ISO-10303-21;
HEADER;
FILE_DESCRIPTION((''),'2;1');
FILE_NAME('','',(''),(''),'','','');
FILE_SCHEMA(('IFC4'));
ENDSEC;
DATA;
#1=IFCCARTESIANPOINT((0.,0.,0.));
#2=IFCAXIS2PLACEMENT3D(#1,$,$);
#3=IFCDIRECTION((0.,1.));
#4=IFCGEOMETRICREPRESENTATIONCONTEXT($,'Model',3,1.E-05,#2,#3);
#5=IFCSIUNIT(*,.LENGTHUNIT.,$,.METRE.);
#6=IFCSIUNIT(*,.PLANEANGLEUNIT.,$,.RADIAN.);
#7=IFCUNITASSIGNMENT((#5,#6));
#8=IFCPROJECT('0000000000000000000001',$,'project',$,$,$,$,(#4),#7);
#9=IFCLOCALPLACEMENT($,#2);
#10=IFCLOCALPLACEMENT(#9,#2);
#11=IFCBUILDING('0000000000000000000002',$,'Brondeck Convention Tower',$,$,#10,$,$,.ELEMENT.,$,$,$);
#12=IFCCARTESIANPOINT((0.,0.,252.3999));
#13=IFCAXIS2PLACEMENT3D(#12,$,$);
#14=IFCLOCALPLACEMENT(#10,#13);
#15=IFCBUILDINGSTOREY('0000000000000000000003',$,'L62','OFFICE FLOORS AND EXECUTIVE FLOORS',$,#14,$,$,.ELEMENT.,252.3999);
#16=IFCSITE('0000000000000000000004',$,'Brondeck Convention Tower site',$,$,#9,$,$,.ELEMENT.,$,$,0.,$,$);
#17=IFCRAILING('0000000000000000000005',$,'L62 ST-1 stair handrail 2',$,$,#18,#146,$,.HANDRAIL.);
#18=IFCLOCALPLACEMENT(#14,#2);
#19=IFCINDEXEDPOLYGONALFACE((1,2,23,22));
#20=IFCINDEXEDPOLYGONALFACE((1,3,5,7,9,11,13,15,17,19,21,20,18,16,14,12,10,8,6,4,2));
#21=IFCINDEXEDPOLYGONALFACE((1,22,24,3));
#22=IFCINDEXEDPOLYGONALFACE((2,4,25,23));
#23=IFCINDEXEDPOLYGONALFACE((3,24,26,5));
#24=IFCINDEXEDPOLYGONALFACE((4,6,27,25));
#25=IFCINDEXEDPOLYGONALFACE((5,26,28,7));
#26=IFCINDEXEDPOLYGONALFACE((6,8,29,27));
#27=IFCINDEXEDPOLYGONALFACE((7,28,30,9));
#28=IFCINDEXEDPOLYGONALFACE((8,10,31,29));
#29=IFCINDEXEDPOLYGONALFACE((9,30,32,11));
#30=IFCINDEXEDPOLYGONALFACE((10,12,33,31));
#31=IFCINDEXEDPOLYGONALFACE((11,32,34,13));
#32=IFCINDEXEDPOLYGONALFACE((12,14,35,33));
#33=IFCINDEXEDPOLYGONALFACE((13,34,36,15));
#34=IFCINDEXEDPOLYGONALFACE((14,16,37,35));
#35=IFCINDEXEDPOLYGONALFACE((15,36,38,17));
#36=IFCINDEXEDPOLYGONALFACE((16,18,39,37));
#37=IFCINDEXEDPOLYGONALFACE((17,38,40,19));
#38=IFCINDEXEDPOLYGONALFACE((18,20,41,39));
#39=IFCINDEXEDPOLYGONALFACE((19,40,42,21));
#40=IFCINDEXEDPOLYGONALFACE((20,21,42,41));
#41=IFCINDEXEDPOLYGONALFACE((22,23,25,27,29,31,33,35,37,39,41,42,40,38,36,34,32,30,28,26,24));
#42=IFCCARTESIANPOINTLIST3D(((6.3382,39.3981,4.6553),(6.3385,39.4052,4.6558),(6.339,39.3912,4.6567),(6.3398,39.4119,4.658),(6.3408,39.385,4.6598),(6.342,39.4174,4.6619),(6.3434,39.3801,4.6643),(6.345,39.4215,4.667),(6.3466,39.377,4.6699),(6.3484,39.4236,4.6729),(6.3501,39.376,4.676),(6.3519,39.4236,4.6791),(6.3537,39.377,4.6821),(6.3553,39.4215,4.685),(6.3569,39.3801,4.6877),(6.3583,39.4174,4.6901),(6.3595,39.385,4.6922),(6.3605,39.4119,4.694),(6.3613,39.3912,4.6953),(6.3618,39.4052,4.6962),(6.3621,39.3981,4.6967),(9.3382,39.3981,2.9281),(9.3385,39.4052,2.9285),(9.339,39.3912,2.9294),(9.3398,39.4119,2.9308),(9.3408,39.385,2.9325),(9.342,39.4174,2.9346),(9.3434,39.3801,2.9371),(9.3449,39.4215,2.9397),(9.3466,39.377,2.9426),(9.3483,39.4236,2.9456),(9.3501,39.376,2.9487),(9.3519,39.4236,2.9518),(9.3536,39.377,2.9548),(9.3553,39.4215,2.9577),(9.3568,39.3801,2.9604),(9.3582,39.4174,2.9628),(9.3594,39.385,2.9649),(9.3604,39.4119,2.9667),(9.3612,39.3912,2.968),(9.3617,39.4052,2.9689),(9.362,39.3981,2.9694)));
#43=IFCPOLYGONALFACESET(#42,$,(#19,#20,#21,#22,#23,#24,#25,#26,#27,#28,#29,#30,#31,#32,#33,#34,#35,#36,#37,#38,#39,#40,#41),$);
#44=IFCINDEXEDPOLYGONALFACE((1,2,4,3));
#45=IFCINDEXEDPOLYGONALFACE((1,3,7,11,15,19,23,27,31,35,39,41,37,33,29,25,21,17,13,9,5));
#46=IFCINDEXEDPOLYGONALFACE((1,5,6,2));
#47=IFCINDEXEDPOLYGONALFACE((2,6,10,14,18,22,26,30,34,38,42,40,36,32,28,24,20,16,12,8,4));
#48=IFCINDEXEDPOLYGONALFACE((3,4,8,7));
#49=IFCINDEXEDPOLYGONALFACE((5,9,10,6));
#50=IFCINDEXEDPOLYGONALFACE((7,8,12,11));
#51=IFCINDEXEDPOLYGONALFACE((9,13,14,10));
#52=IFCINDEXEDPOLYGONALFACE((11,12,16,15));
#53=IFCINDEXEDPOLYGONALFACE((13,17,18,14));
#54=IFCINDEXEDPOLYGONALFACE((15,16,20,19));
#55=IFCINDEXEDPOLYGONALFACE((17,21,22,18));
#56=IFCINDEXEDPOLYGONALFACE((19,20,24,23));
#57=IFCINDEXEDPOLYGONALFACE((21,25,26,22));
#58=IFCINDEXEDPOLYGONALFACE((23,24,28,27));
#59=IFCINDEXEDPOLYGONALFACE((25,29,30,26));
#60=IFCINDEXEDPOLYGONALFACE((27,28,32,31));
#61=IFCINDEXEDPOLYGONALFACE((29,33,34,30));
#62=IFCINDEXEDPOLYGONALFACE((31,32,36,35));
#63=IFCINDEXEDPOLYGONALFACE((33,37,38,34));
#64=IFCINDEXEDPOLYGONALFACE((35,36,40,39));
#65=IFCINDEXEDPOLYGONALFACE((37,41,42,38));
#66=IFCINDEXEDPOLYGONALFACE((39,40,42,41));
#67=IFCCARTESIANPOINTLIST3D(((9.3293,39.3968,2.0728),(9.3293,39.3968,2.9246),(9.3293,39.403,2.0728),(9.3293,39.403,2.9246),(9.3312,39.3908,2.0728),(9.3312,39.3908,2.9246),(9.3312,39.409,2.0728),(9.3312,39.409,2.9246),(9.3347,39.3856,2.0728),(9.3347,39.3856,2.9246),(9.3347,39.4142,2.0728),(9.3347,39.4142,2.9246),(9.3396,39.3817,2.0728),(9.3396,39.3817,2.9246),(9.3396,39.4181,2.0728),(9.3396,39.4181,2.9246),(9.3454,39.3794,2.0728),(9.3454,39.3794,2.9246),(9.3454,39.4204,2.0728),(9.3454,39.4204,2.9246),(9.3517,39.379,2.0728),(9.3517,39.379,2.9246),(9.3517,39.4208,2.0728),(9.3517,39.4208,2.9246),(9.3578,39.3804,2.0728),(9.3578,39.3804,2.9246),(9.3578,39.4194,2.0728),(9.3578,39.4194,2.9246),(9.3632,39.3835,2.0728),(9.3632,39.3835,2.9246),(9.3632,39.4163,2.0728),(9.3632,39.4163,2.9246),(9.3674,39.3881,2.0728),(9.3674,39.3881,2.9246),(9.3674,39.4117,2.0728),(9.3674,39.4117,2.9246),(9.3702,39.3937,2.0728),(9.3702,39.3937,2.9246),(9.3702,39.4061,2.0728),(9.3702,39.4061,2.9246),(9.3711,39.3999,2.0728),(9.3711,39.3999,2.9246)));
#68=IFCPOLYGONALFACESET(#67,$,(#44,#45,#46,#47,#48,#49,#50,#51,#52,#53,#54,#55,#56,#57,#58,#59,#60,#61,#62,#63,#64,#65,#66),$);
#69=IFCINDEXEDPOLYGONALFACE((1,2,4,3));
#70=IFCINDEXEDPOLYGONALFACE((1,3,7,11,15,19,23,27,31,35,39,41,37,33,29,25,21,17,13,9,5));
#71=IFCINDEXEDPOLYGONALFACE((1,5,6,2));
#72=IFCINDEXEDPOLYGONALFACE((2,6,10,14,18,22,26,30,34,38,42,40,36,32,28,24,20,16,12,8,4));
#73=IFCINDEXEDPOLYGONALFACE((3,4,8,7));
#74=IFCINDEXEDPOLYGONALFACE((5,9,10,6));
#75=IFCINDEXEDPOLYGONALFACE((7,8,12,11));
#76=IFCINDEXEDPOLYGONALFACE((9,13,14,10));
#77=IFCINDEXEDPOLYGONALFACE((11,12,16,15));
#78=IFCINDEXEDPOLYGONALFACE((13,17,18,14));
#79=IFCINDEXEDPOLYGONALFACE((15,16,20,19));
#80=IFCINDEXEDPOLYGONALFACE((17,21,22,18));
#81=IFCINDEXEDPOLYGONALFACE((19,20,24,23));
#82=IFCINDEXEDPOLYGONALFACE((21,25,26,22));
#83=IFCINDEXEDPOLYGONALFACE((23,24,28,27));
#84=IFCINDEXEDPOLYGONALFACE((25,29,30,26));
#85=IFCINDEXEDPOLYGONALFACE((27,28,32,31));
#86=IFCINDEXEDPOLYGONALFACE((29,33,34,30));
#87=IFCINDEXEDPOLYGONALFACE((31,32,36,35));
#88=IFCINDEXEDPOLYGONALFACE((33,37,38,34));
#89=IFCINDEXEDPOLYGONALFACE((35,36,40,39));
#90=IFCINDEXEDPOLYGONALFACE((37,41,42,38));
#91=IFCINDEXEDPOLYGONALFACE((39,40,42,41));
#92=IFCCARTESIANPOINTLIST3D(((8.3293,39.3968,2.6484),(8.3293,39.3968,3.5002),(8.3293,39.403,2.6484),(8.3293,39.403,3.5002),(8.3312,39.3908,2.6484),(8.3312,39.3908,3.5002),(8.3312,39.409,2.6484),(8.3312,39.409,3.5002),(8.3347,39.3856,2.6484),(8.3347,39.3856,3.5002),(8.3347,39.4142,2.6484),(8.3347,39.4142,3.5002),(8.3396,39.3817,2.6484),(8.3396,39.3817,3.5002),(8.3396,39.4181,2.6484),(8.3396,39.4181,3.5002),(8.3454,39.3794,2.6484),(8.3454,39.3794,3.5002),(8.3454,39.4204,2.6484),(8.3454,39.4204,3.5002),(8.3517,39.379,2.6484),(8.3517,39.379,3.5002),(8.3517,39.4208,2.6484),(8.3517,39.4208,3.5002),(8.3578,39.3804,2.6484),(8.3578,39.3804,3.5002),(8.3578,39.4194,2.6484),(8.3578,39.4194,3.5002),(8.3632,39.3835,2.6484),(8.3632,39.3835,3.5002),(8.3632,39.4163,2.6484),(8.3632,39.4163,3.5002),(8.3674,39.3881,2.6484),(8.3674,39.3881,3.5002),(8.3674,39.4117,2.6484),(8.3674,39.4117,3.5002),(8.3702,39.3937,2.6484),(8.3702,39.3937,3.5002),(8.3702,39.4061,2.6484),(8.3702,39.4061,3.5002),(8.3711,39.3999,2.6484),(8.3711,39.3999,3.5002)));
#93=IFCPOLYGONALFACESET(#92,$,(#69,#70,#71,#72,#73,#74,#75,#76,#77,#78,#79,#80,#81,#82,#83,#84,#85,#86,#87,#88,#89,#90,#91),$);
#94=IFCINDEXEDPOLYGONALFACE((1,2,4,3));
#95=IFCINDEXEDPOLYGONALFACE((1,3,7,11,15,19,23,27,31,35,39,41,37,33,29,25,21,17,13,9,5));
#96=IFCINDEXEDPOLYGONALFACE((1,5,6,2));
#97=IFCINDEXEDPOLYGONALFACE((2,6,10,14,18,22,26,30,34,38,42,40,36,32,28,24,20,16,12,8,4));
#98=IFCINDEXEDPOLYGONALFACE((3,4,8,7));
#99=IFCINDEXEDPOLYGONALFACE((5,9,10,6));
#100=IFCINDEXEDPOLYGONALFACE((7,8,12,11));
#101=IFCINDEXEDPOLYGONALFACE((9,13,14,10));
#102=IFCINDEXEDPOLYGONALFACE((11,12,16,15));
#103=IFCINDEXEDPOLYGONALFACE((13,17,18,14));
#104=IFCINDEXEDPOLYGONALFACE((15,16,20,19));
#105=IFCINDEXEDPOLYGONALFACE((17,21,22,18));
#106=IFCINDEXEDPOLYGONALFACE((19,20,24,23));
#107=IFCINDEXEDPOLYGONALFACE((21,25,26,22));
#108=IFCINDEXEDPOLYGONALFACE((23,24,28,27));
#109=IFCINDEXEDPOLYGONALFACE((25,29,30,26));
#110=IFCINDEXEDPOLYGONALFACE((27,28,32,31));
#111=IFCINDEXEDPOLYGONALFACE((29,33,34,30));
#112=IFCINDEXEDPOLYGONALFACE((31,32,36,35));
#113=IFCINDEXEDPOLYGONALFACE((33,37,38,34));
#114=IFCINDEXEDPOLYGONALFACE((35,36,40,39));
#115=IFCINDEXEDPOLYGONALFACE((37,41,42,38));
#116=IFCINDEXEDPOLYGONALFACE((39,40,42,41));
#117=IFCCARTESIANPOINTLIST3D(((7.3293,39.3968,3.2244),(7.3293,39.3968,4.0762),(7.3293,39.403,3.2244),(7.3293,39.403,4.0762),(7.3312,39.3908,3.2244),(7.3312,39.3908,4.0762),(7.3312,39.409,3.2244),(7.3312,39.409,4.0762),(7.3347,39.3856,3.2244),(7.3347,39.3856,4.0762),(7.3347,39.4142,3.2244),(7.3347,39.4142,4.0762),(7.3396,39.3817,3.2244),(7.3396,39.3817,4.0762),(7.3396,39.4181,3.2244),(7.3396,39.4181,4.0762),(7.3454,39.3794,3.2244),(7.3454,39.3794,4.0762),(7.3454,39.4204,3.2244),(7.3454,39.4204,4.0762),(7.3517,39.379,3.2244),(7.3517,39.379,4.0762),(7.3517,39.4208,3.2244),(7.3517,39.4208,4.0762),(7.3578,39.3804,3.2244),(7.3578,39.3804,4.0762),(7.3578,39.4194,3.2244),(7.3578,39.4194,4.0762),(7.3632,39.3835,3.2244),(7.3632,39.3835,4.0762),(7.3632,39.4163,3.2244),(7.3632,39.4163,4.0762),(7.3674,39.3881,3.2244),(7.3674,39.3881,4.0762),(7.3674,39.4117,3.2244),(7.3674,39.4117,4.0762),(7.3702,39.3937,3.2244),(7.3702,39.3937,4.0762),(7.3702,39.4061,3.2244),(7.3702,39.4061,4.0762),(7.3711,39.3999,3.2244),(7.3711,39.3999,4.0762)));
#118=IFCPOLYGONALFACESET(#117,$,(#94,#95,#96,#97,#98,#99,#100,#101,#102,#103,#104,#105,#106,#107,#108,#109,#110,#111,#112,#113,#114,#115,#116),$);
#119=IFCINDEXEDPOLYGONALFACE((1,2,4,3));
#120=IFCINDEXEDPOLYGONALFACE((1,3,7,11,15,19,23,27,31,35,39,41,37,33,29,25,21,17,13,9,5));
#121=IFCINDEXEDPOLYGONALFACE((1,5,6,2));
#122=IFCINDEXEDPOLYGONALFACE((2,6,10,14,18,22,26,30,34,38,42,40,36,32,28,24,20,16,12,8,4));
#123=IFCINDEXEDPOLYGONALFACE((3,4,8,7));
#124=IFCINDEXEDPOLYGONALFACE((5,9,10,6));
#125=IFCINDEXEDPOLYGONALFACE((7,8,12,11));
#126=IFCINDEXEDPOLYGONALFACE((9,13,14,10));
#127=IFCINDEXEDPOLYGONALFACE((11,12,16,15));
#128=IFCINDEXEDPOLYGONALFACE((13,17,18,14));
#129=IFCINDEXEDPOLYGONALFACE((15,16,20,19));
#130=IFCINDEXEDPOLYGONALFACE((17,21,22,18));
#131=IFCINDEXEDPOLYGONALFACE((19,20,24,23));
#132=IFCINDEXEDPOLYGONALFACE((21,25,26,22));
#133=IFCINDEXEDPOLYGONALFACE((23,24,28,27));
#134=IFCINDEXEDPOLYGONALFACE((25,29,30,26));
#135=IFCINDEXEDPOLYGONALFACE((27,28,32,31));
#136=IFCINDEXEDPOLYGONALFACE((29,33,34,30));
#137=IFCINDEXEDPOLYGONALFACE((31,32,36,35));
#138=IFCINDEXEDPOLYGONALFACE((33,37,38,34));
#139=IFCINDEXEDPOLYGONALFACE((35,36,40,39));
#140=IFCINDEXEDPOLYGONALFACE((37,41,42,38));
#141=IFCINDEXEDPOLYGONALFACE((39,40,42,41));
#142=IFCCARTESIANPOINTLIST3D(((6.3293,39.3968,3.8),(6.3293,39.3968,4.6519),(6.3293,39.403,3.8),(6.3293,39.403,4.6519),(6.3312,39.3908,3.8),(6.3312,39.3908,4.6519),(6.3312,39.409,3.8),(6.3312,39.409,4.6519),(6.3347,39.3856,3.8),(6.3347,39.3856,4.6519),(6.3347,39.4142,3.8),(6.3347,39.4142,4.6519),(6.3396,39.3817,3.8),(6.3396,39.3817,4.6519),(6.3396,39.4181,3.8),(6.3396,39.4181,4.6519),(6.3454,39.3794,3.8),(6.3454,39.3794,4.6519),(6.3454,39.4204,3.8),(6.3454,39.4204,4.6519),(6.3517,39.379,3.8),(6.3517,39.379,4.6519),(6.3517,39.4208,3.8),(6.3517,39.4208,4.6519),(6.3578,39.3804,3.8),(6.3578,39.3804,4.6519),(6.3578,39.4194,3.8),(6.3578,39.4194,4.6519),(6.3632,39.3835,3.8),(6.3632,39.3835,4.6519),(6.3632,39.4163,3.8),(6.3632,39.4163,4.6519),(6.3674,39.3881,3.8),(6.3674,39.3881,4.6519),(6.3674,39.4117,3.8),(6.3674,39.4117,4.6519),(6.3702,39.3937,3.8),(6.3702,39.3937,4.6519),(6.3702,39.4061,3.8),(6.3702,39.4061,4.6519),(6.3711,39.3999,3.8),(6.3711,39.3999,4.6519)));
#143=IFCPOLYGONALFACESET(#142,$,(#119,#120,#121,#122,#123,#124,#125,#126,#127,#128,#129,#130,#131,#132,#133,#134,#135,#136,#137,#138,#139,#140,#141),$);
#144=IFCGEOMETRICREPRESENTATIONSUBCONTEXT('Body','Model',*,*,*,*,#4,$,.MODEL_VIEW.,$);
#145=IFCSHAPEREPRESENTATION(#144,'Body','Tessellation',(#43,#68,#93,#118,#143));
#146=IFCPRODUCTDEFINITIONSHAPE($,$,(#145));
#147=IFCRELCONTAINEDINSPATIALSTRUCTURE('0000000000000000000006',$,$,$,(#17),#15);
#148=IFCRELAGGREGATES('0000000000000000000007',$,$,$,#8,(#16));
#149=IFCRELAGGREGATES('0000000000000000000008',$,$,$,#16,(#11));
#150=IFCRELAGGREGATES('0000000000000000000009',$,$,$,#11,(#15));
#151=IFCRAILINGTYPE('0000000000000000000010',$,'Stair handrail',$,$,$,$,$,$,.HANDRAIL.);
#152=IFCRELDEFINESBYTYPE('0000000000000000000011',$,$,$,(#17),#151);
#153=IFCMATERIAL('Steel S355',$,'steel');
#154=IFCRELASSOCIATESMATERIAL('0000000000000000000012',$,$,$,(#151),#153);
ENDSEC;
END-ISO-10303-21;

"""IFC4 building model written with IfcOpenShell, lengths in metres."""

from ifc_helpers import new_model, si_unit, direction, frame, origin, origin_2d, place, context, subcontext, project, spatial, circle, extrude, material, type_object, element, save


model = new_model("IFC4")

# Units and contexts
model_context = context("Model", 3, precision=1e-05, world=origin(), true_north=direction((0.0, 1.0)))
body_context = subcontext(model_context, "Body", "Model", "MODEL_VIEW")
ifc_project = project(units=[si_unit("LENGTHUNIT", "METRE"), si_unit("PLANEANGLEUNIT", "RADIAN")], contexts=[model_context])

# Site, building, storey
site_placement = place(None, origin())
site = spatial("IfcSite", under=ifc_project, at=site_placement, Name="Brondeck Convention Tower site", CompositionType="ELEMENT", RefElevation=0.0)
building_placement = place(site_placement, origin())
building = spatial("IfcBuilding", under=site, at=building_placement, Name="Brondeck Convention Tower", CompositionType="ELEMENT")
storey_placement = place(building_placement, frame((0.0, 0.0, 252.3999)))
storey = spatial("IfcBuildingStorey", under=building, at=storey_placement, Name="L62", Description="OFFICE FLOORS AND EXECUTIVE FLOORS", CompositionType="ELEMENT", Elevation=252.3999)

# Shared definitions
ifc_material_1 = material(Name="Steel S355", Category="steel")

# Railing
railing_type_1 = type_object("IfcRailingType", Name="Stair handrail", PredefinedType="HANDRAIL", material=ifc_material_1)
railing_1_placement = place(storey_placement, frame((9.3501, 39.3999, 2.0728)))
element("IfcRailing", 1, at=railing_1_placement, inside=storey, type_object=railing_type_1, Name="L62 ST-1 stair handrail 2", PredefinedType="HANDRAIL", context=body_context, shape_type="SweptSolid", body=[
    extrude(circle(Radius=0.0239, at=origin_2d()), frame((0.0, 0.0, 0.876), z_axis=(-0.86662, 0.0, 0.498969), x_axis=(0.0, -1.0, 0.0)), (0.0, 0.0, 1.0), 3.4617),
    extrude(circle(Radius=0.021, at=origin_2d()), origin(), (0.0, 0.0, 1.0), 0.8518),
    extrude(circle(Radius=0.021, at=origin_2d()), frame((-1.0, 0.0, 0.5757)), (0.0, 0.0, 1.0), 0.8518),
    extrude(circle(Radius=0.021, at=origin_2d()), frame((-2.0, 0.0, 1.1516)), (0.0, 0.0, 1.0), 0.8518),
    extrude(circle(Radius=0.021, at=origin_2d()), frame((-3.0, 0.0, 1.7273)), (0.0, 0.0, 1.0), 0.8518),
])

save(model, "model.ifc")
